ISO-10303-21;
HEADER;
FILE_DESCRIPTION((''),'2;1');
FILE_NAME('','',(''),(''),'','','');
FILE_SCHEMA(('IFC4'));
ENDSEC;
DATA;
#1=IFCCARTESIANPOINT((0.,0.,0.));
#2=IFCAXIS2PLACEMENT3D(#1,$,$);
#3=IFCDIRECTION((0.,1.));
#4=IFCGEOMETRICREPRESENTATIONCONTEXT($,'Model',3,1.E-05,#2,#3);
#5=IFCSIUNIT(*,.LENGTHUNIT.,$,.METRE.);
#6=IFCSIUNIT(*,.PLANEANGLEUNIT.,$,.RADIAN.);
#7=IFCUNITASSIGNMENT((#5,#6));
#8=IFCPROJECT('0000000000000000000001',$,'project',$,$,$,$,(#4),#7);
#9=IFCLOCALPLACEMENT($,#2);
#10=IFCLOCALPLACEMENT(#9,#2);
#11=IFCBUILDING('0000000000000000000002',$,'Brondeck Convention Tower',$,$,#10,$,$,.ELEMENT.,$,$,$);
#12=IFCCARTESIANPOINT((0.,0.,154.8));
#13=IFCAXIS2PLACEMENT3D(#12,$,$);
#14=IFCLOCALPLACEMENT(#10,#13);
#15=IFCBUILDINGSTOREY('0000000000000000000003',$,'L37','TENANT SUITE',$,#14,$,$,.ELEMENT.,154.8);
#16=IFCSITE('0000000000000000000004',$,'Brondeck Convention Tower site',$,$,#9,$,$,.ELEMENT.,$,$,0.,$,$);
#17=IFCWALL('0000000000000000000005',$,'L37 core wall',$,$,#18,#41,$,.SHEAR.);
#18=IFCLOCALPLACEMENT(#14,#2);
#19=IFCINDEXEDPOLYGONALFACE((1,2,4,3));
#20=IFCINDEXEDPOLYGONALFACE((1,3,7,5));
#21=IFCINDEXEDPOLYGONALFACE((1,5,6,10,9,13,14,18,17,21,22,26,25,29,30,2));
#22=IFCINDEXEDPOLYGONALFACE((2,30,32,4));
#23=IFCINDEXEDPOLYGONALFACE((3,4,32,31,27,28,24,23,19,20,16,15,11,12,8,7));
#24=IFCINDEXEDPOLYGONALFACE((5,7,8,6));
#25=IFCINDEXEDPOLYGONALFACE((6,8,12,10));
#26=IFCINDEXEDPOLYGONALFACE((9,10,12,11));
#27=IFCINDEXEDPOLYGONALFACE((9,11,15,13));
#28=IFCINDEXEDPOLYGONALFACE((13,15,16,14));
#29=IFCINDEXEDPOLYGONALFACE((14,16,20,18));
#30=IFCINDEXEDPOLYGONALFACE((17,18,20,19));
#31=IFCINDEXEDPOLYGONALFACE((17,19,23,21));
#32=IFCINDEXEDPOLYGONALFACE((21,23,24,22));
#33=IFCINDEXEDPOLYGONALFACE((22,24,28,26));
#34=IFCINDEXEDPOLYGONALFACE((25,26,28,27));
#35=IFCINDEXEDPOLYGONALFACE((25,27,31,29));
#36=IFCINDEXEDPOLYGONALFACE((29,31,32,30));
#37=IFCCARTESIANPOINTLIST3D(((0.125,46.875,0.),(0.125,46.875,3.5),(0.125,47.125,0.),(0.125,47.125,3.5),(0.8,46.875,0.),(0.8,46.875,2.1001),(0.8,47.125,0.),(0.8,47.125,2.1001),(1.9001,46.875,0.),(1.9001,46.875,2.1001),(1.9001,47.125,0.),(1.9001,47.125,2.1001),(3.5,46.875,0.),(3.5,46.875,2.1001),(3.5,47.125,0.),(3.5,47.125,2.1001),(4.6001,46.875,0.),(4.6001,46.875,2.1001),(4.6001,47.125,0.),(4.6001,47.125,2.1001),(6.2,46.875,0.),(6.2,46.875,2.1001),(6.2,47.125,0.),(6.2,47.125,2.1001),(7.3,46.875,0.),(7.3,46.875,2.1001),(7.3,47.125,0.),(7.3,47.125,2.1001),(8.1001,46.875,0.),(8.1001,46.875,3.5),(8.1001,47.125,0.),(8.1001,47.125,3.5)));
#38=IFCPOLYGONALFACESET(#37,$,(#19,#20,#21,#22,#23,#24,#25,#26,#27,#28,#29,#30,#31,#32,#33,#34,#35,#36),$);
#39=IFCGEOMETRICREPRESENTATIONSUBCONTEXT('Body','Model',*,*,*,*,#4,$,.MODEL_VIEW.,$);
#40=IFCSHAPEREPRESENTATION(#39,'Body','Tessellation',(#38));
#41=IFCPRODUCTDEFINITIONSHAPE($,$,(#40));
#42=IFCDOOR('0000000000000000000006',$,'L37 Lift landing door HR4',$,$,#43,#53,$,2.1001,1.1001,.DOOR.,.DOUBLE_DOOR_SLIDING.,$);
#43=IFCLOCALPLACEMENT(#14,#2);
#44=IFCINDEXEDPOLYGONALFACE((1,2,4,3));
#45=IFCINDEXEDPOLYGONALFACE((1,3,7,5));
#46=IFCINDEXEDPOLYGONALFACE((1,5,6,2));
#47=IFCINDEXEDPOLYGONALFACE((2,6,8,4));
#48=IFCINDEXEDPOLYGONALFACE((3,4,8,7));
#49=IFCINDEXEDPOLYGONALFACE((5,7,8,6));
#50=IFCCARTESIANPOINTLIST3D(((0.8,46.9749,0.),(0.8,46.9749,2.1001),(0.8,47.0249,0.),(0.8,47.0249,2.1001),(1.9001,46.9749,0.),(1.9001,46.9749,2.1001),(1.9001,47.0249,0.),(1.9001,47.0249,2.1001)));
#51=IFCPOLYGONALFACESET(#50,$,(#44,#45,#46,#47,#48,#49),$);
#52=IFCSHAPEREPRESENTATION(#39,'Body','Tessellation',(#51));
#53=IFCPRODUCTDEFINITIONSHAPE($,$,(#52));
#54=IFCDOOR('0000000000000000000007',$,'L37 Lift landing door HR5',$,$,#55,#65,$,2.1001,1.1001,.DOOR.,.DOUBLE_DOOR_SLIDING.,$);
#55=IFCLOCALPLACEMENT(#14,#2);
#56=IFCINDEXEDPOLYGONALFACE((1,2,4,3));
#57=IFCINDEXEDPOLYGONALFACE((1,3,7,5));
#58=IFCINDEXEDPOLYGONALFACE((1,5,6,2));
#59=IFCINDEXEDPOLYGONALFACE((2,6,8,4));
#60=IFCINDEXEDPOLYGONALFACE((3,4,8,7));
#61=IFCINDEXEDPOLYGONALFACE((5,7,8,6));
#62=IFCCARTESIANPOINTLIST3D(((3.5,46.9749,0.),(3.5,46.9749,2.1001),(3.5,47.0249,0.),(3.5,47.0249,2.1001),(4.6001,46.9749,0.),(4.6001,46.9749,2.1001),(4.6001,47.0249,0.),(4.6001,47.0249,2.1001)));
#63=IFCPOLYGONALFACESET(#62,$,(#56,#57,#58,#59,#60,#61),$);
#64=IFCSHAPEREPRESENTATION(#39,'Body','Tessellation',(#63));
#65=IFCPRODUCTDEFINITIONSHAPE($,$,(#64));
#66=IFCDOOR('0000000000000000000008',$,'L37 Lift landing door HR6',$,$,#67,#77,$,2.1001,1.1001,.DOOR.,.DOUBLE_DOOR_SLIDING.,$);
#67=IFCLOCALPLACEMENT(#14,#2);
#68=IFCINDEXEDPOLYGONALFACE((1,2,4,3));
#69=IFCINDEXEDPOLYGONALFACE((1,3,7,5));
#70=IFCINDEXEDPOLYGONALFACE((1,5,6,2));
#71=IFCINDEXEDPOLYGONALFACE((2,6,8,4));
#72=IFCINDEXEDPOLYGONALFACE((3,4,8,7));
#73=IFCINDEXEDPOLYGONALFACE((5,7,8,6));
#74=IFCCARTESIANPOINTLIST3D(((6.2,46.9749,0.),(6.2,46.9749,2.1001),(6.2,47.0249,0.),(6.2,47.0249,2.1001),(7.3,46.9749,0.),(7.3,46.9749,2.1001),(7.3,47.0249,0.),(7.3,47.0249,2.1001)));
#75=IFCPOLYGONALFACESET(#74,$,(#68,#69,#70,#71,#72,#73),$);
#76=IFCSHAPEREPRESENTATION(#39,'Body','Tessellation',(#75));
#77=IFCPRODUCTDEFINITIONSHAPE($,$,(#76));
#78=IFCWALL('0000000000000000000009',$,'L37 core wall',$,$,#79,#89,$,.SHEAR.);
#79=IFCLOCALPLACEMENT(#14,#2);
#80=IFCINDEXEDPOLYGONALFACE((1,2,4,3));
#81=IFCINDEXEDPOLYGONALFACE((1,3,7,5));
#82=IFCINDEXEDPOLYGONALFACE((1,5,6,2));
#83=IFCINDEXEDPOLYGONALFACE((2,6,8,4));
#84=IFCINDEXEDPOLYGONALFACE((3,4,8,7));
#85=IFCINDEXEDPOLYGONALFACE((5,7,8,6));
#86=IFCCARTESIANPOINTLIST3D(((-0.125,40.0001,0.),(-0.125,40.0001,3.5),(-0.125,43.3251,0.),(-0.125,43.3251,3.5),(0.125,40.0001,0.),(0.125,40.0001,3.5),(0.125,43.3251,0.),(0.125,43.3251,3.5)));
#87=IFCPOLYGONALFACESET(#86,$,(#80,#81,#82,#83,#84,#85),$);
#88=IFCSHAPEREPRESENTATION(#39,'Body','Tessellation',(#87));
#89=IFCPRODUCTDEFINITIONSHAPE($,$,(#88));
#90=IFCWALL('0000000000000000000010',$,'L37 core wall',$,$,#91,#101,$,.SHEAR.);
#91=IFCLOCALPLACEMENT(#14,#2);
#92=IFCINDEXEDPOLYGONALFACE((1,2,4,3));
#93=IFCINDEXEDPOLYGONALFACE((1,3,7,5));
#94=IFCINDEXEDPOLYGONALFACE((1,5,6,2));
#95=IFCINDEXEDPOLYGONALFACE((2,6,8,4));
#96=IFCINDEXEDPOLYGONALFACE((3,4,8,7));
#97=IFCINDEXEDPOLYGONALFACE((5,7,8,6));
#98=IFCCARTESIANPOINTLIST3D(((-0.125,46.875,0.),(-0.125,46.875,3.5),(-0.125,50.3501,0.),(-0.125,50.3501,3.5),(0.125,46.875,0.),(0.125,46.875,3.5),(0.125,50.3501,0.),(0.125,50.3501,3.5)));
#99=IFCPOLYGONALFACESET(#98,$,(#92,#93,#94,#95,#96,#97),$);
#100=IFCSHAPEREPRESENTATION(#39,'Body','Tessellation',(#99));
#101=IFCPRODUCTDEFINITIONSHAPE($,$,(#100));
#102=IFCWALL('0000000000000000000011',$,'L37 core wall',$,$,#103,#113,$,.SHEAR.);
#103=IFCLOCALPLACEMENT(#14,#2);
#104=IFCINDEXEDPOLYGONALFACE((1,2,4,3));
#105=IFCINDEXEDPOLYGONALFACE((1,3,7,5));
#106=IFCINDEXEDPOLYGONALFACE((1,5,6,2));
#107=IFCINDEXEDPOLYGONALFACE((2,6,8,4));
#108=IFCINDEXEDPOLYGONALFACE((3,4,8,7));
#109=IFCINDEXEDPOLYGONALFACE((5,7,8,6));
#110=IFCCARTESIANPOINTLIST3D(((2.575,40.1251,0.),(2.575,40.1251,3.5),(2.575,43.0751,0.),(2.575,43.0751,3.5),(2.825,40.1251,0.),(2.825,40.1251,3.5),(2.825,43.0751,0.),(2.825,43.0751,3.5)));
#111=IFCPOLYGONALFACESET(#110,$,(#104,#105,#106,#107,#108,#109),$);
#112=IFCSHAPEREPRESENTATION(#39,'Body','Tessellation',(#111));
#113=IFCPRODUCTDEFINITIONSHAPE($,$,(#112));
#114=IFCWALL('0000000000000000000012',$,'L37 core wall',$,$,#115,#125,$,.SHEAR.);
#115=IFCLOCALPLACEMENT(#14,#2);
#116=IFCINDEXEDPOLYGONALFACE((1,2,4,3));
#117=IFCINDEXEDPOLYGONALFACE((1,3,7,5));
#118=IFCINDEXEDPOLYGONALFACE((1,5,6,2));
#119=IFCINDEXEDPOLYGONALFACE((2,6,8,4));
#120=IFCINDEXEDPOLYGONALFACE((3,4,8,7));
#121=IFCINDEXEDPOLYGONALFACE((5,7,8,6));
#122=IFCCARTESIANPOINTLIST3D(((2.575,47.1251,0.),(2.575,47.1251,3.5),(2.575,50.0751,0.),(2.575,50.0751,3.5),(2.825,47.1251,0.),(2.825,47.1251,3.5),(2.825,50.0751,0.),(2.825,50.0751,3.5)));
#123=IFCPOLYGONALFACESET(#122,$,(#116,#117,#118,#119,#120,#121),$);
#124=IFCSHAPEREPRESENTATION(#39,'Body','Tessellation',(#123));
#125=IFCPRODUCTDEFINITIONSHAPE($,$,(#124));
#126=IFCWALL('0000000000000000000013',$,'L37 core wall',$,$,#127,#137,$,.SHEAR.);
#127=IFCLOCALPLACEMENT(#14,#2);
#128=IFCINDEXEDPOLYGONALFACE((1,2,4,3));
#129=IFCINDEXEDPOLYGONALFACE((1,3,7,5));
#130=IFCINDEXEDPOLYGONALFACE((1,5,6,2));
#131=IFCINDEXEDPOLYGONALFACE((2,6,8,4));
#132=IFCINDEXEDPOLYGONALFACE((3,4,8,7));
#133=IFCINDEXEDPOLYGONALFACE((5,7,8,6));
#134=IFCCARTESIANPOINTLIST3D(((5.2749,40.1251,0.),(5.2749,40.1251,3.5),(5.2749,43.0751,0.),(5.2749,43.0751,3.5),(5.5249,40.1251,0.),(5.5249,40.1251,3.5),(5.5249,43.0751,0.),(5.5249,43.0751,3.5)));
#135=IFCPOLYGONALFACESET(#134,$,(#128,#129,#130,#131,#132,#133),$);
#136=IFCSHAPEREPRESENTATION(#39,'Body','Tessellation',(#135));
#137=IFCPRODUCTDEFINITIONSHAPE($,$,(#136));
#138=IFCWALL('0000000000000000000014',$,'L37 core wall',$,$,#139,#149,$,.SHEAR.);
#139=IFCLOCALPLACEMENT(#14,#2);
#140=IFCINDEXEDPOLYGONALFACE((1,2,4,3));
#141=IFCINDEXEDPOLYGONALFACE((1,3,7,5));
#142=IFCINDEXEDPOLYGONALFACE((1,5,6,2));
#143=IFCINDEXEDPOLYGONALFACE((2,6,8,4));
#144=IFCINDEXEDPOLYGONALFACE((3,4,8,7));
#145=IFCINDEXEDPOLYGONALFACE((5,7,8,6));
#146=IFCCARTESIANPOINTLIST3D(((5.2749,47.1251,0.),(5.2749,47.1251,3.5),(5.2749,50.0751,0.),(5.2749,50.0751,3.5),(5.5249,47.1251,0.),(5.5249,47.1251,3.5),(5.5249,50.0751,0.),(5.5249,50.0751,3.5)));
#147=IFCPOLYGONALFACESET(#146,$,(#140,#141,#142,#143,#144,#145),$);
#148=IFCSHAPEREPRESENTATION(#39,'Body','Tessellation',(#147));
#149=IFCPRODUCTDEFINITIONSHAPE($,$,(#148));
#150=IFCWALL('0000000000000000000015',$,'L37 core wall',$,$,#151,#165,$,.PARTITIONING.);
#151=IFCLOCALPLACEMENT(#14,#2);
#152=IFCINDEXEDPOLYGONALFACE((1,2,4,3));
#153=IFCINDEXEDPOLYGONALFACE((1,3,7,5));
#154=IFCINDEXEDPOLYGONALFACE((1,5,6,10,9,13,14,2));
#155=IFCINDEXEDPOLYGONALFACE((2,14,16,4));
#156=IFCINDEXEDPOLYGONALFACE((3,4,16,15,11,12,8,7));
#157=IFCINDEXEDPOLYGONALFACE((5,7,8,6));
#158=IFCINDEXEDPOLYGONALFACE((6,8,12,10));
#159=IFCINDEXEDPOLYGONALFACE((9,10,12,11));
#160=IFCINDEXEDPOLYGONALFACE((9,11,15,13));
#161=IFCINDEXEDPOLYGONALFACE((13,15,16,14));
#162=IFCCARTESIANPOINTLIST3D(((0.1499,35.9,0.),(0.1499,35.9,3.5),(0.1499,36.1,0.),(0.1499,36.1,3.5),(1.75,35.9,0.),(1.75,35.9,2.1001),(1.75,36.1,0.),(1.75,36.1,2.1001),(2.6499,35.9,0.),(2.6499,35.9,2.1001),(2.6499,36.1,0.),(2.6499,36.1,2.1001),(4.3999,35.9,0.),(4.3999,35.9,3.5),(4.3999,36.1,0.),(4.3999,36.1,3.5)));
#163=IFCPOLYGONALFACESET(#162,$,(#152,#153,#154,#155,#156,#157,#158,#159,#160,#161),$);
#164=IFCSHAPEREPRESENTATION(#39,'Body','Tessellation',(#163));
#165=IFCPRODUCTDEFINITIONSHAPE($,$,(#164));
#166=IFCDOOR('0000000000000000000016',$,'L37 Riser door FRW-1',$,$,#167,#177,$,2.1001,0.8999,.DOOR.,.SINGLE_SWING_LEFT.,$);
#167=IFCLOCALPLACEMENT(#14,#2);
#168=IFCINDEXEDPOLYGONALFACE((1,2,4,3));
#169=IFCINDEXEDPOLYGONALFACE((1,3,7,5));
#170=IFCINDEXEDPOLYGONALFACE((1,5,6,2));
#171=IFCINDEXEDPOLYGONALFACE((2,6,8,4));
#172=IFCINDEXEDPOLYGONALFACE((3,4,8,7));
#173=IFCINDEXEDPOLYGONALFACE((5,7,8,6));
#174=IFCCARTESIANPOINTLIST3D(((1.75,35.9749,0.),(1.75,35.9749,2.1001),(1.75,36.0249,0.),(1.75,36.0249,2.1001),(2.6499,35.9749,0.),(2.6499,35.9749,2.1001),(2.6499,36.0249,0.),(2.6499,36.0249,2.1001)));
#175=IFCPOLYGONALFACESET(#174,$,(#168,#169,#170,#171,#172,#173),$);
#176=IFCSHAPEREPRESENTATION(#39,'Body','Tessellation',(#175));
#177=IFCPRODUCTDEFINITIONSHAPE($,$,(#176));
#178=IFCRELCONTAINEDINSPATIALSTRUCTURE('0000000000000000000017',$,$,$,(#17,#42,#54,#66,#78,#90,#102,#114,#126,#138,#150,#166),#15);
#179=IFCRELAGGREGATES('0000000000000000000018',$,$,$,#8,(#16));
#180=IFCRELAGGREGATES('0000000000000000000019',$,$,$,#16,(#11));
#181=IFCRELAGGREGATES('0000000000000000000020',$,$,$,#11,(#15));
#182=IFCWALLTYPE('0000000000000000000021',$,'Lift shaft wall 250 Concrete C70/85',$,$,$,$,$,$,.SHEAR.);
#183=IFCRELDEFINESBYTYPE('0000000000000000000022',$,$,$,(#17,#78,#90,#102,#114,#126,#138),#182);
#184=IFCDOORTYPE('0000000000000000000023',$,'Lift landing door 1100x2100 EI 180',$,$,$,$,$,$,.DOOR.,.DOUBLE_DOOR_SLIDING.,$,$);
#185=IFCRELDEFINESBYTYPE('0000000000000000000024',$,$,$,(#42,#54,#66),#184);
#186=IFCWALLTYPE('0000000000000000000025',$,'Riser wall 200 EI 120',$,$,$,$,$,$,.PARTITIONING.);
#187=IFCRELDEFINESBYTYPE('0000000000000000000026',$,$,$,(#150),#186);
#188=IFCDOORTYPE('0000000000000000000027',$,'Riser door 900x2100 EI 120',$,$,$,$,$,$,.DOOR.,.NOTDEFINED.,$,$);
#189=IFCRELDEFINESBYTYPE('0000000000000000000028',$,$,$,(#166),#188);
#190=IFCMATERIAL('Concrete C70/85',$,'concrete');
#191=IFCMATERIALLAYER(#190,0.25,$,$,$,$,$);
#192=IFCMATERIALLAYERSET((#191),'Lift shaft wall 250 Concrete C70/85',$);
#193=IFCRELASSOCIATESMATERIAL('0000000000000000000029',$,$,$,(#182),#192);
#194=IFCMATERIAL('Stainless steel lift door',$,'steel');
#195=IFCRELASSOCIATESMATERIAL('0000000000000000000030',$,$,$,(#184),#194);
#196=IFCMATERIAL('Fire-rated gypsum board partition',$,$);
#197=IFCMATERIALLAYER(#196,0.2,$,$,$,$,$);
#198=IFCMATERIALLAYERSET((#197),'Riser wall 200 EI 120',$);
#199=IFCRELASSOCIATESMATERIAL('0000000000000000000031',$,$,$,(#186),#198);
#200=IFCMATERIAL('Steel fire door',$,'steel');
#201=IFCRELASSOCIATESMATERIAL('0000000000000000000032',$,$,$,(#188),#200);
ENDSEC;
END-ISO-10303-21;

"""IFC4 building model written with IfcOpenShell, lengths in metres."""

from ifc_helpers import new_model, si_unit, direction, frame, frame_2d, origin, place, context, subcontext, project, spatial, rectangle, extrude, material, layer, layer_set, type_object, element, fill, save


model = new_model("IFC4")

# Units and contexts
model_context = context("Model", 3, precision=1e-05, world=origin(), true_north=direction((0.0, 1.0)))
body_context = subcontext(model_context, "Body", "Model", "MODEL_VIEW")
ifc_project = project(units=[si_unit("LENGTHUNIT", "METRE"), si_unit("PLANEANGLEUNIT", "RADIAN")], contexts=[model_context])

# Site, building, storey
site_placement = place(None, origin())
site = spatial("IfcSite", under=ifc_project, at=site_placement, Name="Brondeck Convention Tower site", CompositionType="ELEMENT", RefElevation=0.0)
building_placement = place(site_placement, origin())
building = spatial("IfcBuilding", under=site, at=building_placement, Name="Brondeck Convention Tower", CompositionType="ELEMENT")
storey_placement = place(building_placement, frame((0.0, 0.0, 154.8)))
storey = spatial("IfcBuildingStorey", under=building, at=storey_placement, Name="L37", Description="TENANT SUITE", CompositionType="ELEMENT", Elevation=154.8)

# Shared definitions
ifc_material_1 = material(Name="Concrete C70/85", Category="concrete")

# Shared definitions
ifc_layer_1 = layer(ifc_material_1, 0.25)
ifc_layer_set_1 = layer_set([ifc_layer_1], Name="Lift shaft wall 250 Concrete C70/85")
wall_type_1 = type_object("IfcWallType", Name="Lift shaft wall 250 Concrete C70/85", PredefinedType="SHEAR", material=ifc_layer_set_1)

# Wall, openings, doors
ifc_material_2 = material(Name="Stainless steel lift door", Category="steel")
door_type_1 = type_object("IfcDoorType", Name="Lift landing door 1100x2100 EI 180", OperationType="DOUBLE_DOOR_SLIDING", PredefinedType="DOOR", material=ifc_material_2)
wall_1_placement = place(storey_placement, frame((0.125, 47.0, 0.0), z_axis=(0.0, 0.0, 1.0), x_axis=(1.0, 0.0, 0.0)))
wall_1 = element("IfcWall", 1, at=wall_1_placement, inside=storey, type_object=wall_type_1, Name="L37 core wall", PredefinedType="SHEAR", context=body_context, shape_type="SweptSolid", body=[
    extrude(rectangle(XDim=7.9751, YDim=0.25, at=frame_2d((3.9875, 0.0))), origin(), (0.0, 0.0, 1.0), 3.5),
])
opening_1_placement = place(wall_1_placement, frame((0.675, 0.0, 0.0)))
opening_1 = element("IfcOpeningElement", 2, at=opening_1_placement, cuts=wall_1, PredefinedType="OPENING", context=body_context, shape_type="SweptSolid", body=[
    extrude(rectangle(XDim=1.1001, YDim=2.1001, at=frame_2d((0.55, 1.05))), frame((0.0, 0.135, 0.0), z_axis=(0.0, -1.0, 0.0), x_axis=(1.0, 0.0, 0.0)), (0.0, 0.0, 1.0), 0.27),
])
opening_2_placement = place(wall_1_placement, frame((3.375, 0.0, 0.0)))
opening_2 = element("IfcOpeningElement", 3, at=opening_2_placement, cuts=wall_1, PredefinedType="OPENING", context=body_context, shape_type="SweptSolid", body=[
    extrude(rectangle(XDim=1.1001, YDim=2.1001, at=frame_2d((0.55, 1.05))), frame((0.0, 0.135, 0.0), z_axis=(0.0, -1.0, 0.0), x_axis=(1.0, 0.0, 0.0)), (0.0, 0.0, 1.0), 0.27),
])
opening_3_placement = place(wall_1_placement, frame((6.075, 0.0, 0.0)))
opening_3 = element("IfcOpeningElement", 4, at=opening_3_placement, cuts=wall_1, PredefinedType="OPENING", context=body_context, shape_type="SweptSolid", body=[
    extrude(rectangle(XDim=1.1001, YDim=2.1001, at=frame_2d((0.55, 1.05))), frame((0.0, 0.135, 0.0), z_axis=(0.0, -1.0, 0.0), x_axis=(1.0, 0.0, 0.0)), (0.0, 0.0, 1.0), 0.27),
])
door_1_placement = place(opening_1_placement, origin())
door_1 = element("IfcDoor", 5, at=door_1_placement, inside=storey, type_object=door_type_1, Name="L37 Lift landing door HR4", OperationType="DOUBLE_DOOR_SLIDING", OverallHeight=2.1001, OverallWidth=1.1001, PredefinedType="DOOR", context=body_context, shape_type="SweptSolid", body=[
    extrude(rectangle(XDim=1.1001, YDim=2.1001, at=frame_2d((0.55, 1.05))), frame((0.0, 0.0249, 0.0), z_axis=(0.0, -1.0, 0.0), x_axis=(1.0, 0.0, 0.0)), (0.0, 0.0, 1.0), 0.05),
])
fill(opening_1, door_1)
door_2_placement = place(opening_2_placement, origin())
door_2 = element("IfcDoor", 6, at=door_2_placement, inside=storey, type_object=door_type_1, Name="L37 Lift landing door HR5", OperationType="DOUBLE_DOOR_SLIDING", OverallHeight=2.1001, OverallWidth=1.1001, PredefinedType="DOOR", context=body_context, shape_type="SweptSolid", body=[
    extrude(rectangle(XDim=1.1001, YDim=2.1001, at=frame_2d((0.55, 1.05))), frame((0.0, 0.0249, 0.0), z_axis=(0.0, -1.0, 0.0), x_axis=(1.0, 0.0, 0.0)), (0.0, 0.0, 1.0), 0.05),
])
fill(opening_2, door_2)
door_3_placement = place(opening_3_placement, origin())
door_3 = element("IfcDoor", 7, at=door_3_placement, inside=storey, type_object=door_type_1, Name="L37 Lift landing door HR6", OperationType="DOUBLE_DOOR_SLIDING", OverallHeight=2.1001, OverallWidth=1.1001, PredefinedType="DOOR", context=body_context, shape_type="SweptSolid", body=[
    extrude(rectangle(XDim=1.1001, YDim=2.1001, at=frame_2d((0.55, 1.05))), frame((0.0, 0.0249, 0.0), z_axis=(0.0, -1.0, 0.0), x_axis=(1.0, 0.0, 0.0)), (0.0, 0.0, 1.0), 0.05),
])
fill(opening_3, door_3)

# Walls
wall_2_placement = place(storey_placement, frame((0.0, 40.0, 0.0), z_axis=(0.0, 0.0, 1.0), x_axis=(0.0, 1.0, 0.0)))
element("IfcWall", 8, at=wall_2_placement, inside=storey, type_object=wall_type_1, Name="L37 core wall", PredefinedType="SHEAR", context=body_context, shape_type="SweptSolid", body=[
    extrude(rectangle(XDim=3.325, YDim=0.25, at=frame_2d((1.6626, 0.0))), origin(), (0.0, 0.0, 1.0), 3.5),
])
wall_3_placement = place(storey_placement, frame((0.0, 46.875, 0.0), z_axis=(0.0, 0.0, 1.0), x_axis=(0.0, 1.0, 0.0)))
element("IfcWall", 9, at=wall_3_placement, inside=storey, type_object=wall_type_1, Name="L37 core wall", PredefinedType="SHEAR", context=body_context, shape_type="SweptSolid", body=[
    extrude(rectangle(XDim=3.4751, YDim=0.25, at=frame_2d((1.7375, 0.0))), origin(), (0.0, 0.0, 1.0), 3.5),
])
for number, where, z_axis, x_axis, name in (
    (10, (2.7, 40.125, 0.0), (0.0, 0.0, 1.0), (0.0, 1.0, 0.0), "L37 core wall"),
    (11, (2.7, 47.125, 0.0), (0.0, 0.0, 1.0), (0.0, 1.0, 0.0), "L37 core wall"),
    (12, (5.3999, 40.125, 0.0), (0.0, 0.0, 1.0), (0.0, 1.0, 0.0), "L37 core wall"),
    (13, (5.3999, 47.125, 0.0), (0.0, 0.0, 1.0), (0.0, 1.0, 0.0), "L37 core wall"),
):
    element("IfcWall", number, at=place(storey_placement, frame(where, z_axis=z_axis, x_axis=x_axis)), inside=storey, type_object=wall_type_1, Name=name, PredefinedType="SHEAR", context=body_context, shape_type="SweptSolid", body=[
        extrude(rectangle(XDim=2.95, YDim=0.25, at=frame_2d((1.4751, 0.0))), origin(), (0.0, 0.0, 1.0), 3.5),
    ])

# Wall, opening, door
ifc_material_3 = material(Name="Fire-rated gypsum board partition")
ifc_layer_2 = layer(ifc_material_3, 0.2)
ifc_layer_set_2 = layer_set([ifc_layer_2], Name="Riser wall 200 EI 120")
wall_type_2 = type_object("IfcWallType", Name="Riser wall 200 EI 120", PredefinedType="PARTITIONING", material=ifc_layer_set_2)
wall_4_placement = place(storey_placement, frame((0.1499, 36.0, 0.0), z_axis=(0.0, 0.0, 1.0), x_axis=(1.0, 0.0, 0.0)))
wall_4 = element("IfcWall", 14, at=wall_4_placement, inside=storey, type_object=wall_type_2, Name="L37 core wall", PredefinedType="PARTITIONING", context=body_context, shape_type="SweptSolid", body=[
    extrude(rectangle(XDim=4.25, YDim=0.2, at=frame_2d((2.125, 0.0))), origin(), (0.0, 0.0, 1.0), 3.5),
])
opening_4_placement = place(wall_4_placement, frame((1.6001, 0.0, 0.0)))
opening_4 = element("IfcOpeningElement", 15, at=opening_4_placement, cuts=wall_4, PredefinedType="OPENING", context=body_context, shape_type="SweptSolid", body=[
    extrude(rectangle(XDim=0.8999, YDim=2.1001, at=frame_2d((0.45, 1.05))), frame((0.0, 0.1099, 0.0), z_axis=(0.0, -1.0, 0.0), x_axis=(1.0, 0.0, 0.0)), (0.0, 0.0, 1.0), 0.22),
])
ifc_material_4 = material(Name="Steel fire door", Category="steel")
door_type_2 = type_object("IfcDoorType", Name="Riser door 900x2100 EI 120", OperationType="NOTDEFINED", PredefinedType="DOOR", material=ifc_material_4)
door_4_placement = place(opening_4_placement, origin())
door_4 = element("IfcDoor", 16, at=door_4_placement, inside=storey, type_object=door_type_2, Name="L37 Riser door FRW-1", OperationType="SINGLE_SWING_LEFT", OverallHeight=2.1001, OverallWidth=0.8999, PredefinedType="DOOR", context=body_context, shape_type="SweptSolid", body=[
    extrude(rectangle(XDim=0.8999, YDim=2.1001, at=frame_2d((0.45, 1.05))), frame((0.0, 0.0249, 0.0), z_axis=(0.0, -1.0, 0.0), x_axis=(1.0, 0.0, 0.0)), (0.0, 0.0, 1.0), 0.05),
])
fill(opening_4, door_4)

save(model, "model.ifc")
